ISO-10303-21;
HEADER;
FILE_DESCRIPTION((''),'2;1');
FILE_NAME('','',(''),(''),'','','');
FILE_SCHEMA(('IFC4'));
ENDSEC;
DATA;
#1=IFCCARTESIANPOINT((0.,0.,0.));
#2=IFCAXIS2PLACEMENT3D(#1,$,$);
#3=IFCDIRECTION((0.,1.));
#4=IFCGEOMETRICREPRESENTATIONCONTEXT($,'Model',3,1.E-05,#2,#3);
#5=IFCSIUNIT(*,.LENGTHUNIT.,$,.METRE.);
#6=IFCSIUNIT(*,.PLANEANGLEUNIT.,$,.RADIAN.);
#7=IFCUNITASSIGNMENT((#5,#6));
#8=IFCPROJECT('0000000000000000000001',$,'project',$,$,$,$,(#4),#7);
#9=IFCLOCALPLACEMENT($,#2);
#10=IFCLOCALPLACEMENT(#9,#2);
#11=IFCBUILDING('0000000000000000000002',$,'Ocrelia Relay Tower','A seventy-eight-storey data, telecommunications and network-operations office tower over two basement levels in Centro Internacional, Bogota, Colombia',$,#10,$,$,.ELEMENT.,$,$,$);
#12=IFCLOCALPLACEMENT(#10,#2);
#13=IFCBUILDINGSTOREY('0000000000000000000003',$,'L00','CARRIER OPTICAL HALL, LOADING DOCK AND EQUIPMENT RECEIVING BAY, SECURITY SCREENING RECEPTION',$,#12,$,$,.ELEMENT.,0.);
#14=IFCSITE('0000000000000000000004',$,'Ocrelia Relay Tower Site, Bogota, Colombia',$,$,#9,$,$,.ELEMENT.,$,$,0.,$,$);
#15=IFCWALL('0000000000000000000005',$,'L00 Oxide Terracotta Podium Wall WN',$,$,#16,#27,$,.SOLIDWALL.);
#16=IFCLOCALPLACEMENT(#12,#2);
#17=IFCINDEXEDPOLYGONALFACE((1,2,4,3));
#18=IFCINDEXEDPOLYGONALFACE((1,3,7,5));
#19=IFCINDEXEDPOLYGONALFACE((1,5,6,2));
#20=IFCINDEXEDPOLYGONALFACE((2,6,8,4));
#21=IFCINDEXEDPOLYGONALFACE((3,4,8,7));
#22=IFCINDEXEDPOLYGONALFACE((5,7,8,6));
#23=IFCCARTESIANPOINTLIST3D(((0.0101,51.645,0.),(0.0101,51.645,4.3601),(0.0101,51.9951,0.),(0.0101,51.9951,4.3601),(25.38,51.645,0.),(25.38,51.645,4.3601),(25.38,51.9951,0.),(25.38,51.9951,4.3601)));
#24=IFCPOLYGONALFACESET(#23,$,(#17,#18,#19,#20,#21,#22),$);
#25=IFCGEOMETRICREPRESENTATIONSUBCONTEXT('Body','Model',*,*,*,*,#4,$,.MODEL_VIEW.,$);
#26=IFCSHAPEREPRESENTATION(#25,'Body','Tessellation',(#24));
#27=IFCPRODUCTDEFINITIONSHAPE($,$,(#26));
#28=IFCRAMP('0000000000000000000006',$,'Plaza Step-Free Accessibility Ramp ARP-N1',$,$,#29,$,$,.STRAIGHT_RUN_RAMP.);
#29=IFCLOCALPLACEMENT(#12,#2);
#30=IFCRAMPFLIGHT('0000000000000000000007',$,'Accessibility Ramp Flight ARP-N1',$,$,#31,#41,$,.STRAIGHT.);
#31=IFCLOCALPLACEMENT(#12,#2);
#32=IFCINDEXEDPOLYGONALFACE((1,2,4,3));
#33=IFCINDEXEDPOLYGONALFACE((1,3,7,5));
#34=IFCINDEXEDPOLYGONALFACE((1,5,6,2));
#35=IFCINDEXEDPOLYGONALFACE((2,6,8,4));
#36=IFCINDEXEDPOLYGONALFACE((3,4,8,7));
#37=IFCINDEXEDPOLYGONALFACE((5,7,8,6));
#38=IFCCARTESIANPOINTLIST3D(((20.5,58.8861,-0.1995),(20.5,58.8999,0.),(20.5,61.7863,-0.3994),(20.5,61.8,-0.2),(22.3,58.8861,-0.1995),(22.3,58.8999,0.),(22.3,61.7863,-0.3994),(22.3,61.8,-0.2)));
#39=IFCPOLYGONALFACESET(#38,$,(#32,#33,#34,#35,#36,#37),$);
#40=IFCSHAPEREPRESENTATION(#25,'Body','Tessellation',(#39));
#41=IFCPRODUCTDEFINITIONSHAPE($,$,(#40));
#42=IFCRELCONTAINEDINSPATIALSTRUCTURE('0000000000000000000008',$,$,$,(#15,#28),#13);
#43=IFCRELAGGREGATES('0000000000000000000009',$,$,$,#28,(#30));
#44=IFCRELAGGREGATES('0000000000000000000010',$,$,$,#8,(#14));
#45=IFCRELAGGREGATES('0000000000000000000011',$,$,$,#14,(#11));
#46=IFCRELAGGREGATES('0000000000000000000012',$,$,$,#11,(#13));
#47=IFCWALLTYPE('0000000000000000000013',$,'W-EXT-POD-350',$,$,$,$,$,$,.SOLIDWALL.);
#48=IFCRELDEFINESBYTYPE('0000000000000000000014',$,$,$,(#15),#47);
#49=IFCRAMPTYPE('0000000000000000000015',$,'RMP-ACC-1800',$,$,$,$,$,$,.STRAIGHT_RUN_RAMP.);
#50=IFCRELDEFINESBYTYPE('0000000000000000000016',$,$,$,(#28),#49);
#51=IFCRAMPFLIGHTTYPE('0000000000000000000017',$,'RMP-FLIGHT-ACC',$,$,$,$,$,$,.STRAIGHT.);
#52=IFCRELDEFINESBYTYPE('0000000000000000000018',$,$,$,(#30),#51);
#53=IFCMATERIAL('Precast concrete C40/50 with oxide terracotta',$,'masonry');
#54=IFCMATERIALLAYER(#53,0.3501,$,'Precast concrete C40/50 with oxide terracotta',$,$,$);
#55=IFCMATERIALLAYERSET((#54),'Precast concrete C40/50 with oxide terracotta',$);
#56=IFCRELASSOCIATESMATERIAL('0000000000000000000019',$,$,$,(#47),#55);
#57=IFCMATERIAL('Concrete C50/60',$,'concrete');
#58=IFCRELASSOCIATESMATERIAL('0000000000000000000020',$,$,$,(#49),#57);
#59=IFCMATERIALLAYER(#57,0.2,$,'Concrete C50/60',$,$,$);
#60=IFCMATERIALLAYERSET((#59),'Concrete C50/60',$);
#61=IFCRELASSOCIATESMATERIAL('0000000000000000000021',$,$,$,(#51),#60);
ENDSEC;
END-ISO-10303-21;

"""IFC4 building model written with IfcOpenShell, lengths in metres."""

from ifc_helpers import new_model, si_unit, direction, frame, frame_2d, origin, place, context, subcontext, project, spatial, polyline, rectangle, outline, extrude, material, layer, layer_set, type_object, element, aggregate, save


model = new_model("IFC4")

# Units and contexts
model_context = context("Model", 3, precision=1e-05, world=origin(), true_north=direction((0.0, 1.0)))
body_context = subcontext(model_context, "Body", "Model", "MODEL_VIEW")
ifc_project = project(units=[si_unit("LENGTHUNIT", "METRE"), si_unit("PLANEANGLEUNIT", "RADIAN")], contexts=[model_context])

# Site, building, storey
site_placement = place(None, origin())
site = spatial("IfcSite", under=ifc_project, at=site_placement, Name="Ocrelia Relay Tower Site, Bogota, Colombia", CompositionType="ELEMENT", RefElevation=0.0)
building_placement = place(site_placement, origin())
building = spatial("IfcBuilding", under=site, at=building_placement, Name="Ocrelia Relay Tower", Description="A seventy-eight-storey data, telecommunications and network-operations office tower over two basement levels in Centro Internacional, Bogota, Colombia", CompositionType="ELEMENT")
storey_placement = place(building_placement, origin())
storey = spatial("IfcBuildingStorey", under=building, at=storey_placement, Name="L00", Description="CARRIER OPTICAL HALL, LOADING DOCK AND EQUIPMENT RECEIVING BAY, SECURITY SCREENING RECEPTION", CompositionType="ELEMENT", Elevation=0.0)

# Shared definitions
ifc_material_1 = material(Name="Concrete C50/60", Category="concrete")

# Wall
ifc_material_2 = material(Name="Precast concrete C40/50 with oxide terracotta", Category="masonry")
ifc_layer_1 = layer(ifc_material_2, 0.3501, Name="Precast concrete C40/50 with oxide terracotta")
ifc_layer_set_1 = layer_set([ifc_layer_1], Name="Precast concrete C40/50 with oxide terracotta")
wall_type_1 = type_object("IfcWallType", Name="W-EXT-POD-350", PredefinedType="SOLIDWALL", material=ifc_layer_set_1)
wall_1_placement = place(storey_placement, frame((0.01, 51.8201, 0.0), z_axis=(0.0, 0.0, 1.0), x_axis=(1.0, 0.0, 0.0)))
element("IfcWall", 1, at=wall_1_placement, inside=storey, type_object=wall_type_1, Name="L00 Oxide Terracotta Podium Wall WN", PredefinedType="SOLIDWALL", context=body_context, shape_type="SweptSolid", body=[
    extrude(rectangle(XDim=25.3699, YDim=0.3501, at=frame_2d((12.6851, 0.0))), origin(), (0.0, 0.0, 1.0), 4.3601),
])

# Ramp, ramp flight
ramp_type = type_object("IfcRampType", Name="RMP-ACC-1800", PredefinedType="STRAIGHT_RUN_RAMP", material=ifc_material_1)
ramp_placement = place(storey_placement, origin())
ramp = element("IfcRamp", 2, at=ramp_placement, inside=storey, type_object=ramp_type, Name="Plaza Step-Free Accessibility Ramp ARP-N1", PredefinedType="STRAIGHT_RUN_RAMP")
ifc_layer_2 = layer(ifc_material_1, 0.2, Name="Concrete C50/60")
ifc_layer_set_2 = layer_set([ifc_layer_2], Name="Concrete C50/60")
ramp_flight_type = type_object("IfcRampFlightType", Name="RMP-FLIGHT-ACC", PredefinedType="STRAIGHT", material=ifc_layer_set_2)
ramp_flight_placement = place(storey_placement, frame((20.5, 58.8999, 0.0), z_axis=(0.0, 0.068782, 0.997632), x_axis=(1.0, 0.0, 0.0)))
ramp_flight = element("IfcRampFlight", 3, at=ramp_flight_placement, type_object=ramp_flight_type, Name="Accessibility Ramp Flight ARP-N1", PredefinedType="STRAIGHT", context=body_context, shape_type="SweptSolid", body=[
    extrude(outline(polyline([(0.0, 0.0), (1.8, 0.0), (1.8, 2.907), (0.0, 2.907), (0.0, 0.0)])), origin(), (0.0, 0.0, -1.0), 0.2),
])
aggregate(ramp, [ramp_flight])

save(model, "model.ifc")
